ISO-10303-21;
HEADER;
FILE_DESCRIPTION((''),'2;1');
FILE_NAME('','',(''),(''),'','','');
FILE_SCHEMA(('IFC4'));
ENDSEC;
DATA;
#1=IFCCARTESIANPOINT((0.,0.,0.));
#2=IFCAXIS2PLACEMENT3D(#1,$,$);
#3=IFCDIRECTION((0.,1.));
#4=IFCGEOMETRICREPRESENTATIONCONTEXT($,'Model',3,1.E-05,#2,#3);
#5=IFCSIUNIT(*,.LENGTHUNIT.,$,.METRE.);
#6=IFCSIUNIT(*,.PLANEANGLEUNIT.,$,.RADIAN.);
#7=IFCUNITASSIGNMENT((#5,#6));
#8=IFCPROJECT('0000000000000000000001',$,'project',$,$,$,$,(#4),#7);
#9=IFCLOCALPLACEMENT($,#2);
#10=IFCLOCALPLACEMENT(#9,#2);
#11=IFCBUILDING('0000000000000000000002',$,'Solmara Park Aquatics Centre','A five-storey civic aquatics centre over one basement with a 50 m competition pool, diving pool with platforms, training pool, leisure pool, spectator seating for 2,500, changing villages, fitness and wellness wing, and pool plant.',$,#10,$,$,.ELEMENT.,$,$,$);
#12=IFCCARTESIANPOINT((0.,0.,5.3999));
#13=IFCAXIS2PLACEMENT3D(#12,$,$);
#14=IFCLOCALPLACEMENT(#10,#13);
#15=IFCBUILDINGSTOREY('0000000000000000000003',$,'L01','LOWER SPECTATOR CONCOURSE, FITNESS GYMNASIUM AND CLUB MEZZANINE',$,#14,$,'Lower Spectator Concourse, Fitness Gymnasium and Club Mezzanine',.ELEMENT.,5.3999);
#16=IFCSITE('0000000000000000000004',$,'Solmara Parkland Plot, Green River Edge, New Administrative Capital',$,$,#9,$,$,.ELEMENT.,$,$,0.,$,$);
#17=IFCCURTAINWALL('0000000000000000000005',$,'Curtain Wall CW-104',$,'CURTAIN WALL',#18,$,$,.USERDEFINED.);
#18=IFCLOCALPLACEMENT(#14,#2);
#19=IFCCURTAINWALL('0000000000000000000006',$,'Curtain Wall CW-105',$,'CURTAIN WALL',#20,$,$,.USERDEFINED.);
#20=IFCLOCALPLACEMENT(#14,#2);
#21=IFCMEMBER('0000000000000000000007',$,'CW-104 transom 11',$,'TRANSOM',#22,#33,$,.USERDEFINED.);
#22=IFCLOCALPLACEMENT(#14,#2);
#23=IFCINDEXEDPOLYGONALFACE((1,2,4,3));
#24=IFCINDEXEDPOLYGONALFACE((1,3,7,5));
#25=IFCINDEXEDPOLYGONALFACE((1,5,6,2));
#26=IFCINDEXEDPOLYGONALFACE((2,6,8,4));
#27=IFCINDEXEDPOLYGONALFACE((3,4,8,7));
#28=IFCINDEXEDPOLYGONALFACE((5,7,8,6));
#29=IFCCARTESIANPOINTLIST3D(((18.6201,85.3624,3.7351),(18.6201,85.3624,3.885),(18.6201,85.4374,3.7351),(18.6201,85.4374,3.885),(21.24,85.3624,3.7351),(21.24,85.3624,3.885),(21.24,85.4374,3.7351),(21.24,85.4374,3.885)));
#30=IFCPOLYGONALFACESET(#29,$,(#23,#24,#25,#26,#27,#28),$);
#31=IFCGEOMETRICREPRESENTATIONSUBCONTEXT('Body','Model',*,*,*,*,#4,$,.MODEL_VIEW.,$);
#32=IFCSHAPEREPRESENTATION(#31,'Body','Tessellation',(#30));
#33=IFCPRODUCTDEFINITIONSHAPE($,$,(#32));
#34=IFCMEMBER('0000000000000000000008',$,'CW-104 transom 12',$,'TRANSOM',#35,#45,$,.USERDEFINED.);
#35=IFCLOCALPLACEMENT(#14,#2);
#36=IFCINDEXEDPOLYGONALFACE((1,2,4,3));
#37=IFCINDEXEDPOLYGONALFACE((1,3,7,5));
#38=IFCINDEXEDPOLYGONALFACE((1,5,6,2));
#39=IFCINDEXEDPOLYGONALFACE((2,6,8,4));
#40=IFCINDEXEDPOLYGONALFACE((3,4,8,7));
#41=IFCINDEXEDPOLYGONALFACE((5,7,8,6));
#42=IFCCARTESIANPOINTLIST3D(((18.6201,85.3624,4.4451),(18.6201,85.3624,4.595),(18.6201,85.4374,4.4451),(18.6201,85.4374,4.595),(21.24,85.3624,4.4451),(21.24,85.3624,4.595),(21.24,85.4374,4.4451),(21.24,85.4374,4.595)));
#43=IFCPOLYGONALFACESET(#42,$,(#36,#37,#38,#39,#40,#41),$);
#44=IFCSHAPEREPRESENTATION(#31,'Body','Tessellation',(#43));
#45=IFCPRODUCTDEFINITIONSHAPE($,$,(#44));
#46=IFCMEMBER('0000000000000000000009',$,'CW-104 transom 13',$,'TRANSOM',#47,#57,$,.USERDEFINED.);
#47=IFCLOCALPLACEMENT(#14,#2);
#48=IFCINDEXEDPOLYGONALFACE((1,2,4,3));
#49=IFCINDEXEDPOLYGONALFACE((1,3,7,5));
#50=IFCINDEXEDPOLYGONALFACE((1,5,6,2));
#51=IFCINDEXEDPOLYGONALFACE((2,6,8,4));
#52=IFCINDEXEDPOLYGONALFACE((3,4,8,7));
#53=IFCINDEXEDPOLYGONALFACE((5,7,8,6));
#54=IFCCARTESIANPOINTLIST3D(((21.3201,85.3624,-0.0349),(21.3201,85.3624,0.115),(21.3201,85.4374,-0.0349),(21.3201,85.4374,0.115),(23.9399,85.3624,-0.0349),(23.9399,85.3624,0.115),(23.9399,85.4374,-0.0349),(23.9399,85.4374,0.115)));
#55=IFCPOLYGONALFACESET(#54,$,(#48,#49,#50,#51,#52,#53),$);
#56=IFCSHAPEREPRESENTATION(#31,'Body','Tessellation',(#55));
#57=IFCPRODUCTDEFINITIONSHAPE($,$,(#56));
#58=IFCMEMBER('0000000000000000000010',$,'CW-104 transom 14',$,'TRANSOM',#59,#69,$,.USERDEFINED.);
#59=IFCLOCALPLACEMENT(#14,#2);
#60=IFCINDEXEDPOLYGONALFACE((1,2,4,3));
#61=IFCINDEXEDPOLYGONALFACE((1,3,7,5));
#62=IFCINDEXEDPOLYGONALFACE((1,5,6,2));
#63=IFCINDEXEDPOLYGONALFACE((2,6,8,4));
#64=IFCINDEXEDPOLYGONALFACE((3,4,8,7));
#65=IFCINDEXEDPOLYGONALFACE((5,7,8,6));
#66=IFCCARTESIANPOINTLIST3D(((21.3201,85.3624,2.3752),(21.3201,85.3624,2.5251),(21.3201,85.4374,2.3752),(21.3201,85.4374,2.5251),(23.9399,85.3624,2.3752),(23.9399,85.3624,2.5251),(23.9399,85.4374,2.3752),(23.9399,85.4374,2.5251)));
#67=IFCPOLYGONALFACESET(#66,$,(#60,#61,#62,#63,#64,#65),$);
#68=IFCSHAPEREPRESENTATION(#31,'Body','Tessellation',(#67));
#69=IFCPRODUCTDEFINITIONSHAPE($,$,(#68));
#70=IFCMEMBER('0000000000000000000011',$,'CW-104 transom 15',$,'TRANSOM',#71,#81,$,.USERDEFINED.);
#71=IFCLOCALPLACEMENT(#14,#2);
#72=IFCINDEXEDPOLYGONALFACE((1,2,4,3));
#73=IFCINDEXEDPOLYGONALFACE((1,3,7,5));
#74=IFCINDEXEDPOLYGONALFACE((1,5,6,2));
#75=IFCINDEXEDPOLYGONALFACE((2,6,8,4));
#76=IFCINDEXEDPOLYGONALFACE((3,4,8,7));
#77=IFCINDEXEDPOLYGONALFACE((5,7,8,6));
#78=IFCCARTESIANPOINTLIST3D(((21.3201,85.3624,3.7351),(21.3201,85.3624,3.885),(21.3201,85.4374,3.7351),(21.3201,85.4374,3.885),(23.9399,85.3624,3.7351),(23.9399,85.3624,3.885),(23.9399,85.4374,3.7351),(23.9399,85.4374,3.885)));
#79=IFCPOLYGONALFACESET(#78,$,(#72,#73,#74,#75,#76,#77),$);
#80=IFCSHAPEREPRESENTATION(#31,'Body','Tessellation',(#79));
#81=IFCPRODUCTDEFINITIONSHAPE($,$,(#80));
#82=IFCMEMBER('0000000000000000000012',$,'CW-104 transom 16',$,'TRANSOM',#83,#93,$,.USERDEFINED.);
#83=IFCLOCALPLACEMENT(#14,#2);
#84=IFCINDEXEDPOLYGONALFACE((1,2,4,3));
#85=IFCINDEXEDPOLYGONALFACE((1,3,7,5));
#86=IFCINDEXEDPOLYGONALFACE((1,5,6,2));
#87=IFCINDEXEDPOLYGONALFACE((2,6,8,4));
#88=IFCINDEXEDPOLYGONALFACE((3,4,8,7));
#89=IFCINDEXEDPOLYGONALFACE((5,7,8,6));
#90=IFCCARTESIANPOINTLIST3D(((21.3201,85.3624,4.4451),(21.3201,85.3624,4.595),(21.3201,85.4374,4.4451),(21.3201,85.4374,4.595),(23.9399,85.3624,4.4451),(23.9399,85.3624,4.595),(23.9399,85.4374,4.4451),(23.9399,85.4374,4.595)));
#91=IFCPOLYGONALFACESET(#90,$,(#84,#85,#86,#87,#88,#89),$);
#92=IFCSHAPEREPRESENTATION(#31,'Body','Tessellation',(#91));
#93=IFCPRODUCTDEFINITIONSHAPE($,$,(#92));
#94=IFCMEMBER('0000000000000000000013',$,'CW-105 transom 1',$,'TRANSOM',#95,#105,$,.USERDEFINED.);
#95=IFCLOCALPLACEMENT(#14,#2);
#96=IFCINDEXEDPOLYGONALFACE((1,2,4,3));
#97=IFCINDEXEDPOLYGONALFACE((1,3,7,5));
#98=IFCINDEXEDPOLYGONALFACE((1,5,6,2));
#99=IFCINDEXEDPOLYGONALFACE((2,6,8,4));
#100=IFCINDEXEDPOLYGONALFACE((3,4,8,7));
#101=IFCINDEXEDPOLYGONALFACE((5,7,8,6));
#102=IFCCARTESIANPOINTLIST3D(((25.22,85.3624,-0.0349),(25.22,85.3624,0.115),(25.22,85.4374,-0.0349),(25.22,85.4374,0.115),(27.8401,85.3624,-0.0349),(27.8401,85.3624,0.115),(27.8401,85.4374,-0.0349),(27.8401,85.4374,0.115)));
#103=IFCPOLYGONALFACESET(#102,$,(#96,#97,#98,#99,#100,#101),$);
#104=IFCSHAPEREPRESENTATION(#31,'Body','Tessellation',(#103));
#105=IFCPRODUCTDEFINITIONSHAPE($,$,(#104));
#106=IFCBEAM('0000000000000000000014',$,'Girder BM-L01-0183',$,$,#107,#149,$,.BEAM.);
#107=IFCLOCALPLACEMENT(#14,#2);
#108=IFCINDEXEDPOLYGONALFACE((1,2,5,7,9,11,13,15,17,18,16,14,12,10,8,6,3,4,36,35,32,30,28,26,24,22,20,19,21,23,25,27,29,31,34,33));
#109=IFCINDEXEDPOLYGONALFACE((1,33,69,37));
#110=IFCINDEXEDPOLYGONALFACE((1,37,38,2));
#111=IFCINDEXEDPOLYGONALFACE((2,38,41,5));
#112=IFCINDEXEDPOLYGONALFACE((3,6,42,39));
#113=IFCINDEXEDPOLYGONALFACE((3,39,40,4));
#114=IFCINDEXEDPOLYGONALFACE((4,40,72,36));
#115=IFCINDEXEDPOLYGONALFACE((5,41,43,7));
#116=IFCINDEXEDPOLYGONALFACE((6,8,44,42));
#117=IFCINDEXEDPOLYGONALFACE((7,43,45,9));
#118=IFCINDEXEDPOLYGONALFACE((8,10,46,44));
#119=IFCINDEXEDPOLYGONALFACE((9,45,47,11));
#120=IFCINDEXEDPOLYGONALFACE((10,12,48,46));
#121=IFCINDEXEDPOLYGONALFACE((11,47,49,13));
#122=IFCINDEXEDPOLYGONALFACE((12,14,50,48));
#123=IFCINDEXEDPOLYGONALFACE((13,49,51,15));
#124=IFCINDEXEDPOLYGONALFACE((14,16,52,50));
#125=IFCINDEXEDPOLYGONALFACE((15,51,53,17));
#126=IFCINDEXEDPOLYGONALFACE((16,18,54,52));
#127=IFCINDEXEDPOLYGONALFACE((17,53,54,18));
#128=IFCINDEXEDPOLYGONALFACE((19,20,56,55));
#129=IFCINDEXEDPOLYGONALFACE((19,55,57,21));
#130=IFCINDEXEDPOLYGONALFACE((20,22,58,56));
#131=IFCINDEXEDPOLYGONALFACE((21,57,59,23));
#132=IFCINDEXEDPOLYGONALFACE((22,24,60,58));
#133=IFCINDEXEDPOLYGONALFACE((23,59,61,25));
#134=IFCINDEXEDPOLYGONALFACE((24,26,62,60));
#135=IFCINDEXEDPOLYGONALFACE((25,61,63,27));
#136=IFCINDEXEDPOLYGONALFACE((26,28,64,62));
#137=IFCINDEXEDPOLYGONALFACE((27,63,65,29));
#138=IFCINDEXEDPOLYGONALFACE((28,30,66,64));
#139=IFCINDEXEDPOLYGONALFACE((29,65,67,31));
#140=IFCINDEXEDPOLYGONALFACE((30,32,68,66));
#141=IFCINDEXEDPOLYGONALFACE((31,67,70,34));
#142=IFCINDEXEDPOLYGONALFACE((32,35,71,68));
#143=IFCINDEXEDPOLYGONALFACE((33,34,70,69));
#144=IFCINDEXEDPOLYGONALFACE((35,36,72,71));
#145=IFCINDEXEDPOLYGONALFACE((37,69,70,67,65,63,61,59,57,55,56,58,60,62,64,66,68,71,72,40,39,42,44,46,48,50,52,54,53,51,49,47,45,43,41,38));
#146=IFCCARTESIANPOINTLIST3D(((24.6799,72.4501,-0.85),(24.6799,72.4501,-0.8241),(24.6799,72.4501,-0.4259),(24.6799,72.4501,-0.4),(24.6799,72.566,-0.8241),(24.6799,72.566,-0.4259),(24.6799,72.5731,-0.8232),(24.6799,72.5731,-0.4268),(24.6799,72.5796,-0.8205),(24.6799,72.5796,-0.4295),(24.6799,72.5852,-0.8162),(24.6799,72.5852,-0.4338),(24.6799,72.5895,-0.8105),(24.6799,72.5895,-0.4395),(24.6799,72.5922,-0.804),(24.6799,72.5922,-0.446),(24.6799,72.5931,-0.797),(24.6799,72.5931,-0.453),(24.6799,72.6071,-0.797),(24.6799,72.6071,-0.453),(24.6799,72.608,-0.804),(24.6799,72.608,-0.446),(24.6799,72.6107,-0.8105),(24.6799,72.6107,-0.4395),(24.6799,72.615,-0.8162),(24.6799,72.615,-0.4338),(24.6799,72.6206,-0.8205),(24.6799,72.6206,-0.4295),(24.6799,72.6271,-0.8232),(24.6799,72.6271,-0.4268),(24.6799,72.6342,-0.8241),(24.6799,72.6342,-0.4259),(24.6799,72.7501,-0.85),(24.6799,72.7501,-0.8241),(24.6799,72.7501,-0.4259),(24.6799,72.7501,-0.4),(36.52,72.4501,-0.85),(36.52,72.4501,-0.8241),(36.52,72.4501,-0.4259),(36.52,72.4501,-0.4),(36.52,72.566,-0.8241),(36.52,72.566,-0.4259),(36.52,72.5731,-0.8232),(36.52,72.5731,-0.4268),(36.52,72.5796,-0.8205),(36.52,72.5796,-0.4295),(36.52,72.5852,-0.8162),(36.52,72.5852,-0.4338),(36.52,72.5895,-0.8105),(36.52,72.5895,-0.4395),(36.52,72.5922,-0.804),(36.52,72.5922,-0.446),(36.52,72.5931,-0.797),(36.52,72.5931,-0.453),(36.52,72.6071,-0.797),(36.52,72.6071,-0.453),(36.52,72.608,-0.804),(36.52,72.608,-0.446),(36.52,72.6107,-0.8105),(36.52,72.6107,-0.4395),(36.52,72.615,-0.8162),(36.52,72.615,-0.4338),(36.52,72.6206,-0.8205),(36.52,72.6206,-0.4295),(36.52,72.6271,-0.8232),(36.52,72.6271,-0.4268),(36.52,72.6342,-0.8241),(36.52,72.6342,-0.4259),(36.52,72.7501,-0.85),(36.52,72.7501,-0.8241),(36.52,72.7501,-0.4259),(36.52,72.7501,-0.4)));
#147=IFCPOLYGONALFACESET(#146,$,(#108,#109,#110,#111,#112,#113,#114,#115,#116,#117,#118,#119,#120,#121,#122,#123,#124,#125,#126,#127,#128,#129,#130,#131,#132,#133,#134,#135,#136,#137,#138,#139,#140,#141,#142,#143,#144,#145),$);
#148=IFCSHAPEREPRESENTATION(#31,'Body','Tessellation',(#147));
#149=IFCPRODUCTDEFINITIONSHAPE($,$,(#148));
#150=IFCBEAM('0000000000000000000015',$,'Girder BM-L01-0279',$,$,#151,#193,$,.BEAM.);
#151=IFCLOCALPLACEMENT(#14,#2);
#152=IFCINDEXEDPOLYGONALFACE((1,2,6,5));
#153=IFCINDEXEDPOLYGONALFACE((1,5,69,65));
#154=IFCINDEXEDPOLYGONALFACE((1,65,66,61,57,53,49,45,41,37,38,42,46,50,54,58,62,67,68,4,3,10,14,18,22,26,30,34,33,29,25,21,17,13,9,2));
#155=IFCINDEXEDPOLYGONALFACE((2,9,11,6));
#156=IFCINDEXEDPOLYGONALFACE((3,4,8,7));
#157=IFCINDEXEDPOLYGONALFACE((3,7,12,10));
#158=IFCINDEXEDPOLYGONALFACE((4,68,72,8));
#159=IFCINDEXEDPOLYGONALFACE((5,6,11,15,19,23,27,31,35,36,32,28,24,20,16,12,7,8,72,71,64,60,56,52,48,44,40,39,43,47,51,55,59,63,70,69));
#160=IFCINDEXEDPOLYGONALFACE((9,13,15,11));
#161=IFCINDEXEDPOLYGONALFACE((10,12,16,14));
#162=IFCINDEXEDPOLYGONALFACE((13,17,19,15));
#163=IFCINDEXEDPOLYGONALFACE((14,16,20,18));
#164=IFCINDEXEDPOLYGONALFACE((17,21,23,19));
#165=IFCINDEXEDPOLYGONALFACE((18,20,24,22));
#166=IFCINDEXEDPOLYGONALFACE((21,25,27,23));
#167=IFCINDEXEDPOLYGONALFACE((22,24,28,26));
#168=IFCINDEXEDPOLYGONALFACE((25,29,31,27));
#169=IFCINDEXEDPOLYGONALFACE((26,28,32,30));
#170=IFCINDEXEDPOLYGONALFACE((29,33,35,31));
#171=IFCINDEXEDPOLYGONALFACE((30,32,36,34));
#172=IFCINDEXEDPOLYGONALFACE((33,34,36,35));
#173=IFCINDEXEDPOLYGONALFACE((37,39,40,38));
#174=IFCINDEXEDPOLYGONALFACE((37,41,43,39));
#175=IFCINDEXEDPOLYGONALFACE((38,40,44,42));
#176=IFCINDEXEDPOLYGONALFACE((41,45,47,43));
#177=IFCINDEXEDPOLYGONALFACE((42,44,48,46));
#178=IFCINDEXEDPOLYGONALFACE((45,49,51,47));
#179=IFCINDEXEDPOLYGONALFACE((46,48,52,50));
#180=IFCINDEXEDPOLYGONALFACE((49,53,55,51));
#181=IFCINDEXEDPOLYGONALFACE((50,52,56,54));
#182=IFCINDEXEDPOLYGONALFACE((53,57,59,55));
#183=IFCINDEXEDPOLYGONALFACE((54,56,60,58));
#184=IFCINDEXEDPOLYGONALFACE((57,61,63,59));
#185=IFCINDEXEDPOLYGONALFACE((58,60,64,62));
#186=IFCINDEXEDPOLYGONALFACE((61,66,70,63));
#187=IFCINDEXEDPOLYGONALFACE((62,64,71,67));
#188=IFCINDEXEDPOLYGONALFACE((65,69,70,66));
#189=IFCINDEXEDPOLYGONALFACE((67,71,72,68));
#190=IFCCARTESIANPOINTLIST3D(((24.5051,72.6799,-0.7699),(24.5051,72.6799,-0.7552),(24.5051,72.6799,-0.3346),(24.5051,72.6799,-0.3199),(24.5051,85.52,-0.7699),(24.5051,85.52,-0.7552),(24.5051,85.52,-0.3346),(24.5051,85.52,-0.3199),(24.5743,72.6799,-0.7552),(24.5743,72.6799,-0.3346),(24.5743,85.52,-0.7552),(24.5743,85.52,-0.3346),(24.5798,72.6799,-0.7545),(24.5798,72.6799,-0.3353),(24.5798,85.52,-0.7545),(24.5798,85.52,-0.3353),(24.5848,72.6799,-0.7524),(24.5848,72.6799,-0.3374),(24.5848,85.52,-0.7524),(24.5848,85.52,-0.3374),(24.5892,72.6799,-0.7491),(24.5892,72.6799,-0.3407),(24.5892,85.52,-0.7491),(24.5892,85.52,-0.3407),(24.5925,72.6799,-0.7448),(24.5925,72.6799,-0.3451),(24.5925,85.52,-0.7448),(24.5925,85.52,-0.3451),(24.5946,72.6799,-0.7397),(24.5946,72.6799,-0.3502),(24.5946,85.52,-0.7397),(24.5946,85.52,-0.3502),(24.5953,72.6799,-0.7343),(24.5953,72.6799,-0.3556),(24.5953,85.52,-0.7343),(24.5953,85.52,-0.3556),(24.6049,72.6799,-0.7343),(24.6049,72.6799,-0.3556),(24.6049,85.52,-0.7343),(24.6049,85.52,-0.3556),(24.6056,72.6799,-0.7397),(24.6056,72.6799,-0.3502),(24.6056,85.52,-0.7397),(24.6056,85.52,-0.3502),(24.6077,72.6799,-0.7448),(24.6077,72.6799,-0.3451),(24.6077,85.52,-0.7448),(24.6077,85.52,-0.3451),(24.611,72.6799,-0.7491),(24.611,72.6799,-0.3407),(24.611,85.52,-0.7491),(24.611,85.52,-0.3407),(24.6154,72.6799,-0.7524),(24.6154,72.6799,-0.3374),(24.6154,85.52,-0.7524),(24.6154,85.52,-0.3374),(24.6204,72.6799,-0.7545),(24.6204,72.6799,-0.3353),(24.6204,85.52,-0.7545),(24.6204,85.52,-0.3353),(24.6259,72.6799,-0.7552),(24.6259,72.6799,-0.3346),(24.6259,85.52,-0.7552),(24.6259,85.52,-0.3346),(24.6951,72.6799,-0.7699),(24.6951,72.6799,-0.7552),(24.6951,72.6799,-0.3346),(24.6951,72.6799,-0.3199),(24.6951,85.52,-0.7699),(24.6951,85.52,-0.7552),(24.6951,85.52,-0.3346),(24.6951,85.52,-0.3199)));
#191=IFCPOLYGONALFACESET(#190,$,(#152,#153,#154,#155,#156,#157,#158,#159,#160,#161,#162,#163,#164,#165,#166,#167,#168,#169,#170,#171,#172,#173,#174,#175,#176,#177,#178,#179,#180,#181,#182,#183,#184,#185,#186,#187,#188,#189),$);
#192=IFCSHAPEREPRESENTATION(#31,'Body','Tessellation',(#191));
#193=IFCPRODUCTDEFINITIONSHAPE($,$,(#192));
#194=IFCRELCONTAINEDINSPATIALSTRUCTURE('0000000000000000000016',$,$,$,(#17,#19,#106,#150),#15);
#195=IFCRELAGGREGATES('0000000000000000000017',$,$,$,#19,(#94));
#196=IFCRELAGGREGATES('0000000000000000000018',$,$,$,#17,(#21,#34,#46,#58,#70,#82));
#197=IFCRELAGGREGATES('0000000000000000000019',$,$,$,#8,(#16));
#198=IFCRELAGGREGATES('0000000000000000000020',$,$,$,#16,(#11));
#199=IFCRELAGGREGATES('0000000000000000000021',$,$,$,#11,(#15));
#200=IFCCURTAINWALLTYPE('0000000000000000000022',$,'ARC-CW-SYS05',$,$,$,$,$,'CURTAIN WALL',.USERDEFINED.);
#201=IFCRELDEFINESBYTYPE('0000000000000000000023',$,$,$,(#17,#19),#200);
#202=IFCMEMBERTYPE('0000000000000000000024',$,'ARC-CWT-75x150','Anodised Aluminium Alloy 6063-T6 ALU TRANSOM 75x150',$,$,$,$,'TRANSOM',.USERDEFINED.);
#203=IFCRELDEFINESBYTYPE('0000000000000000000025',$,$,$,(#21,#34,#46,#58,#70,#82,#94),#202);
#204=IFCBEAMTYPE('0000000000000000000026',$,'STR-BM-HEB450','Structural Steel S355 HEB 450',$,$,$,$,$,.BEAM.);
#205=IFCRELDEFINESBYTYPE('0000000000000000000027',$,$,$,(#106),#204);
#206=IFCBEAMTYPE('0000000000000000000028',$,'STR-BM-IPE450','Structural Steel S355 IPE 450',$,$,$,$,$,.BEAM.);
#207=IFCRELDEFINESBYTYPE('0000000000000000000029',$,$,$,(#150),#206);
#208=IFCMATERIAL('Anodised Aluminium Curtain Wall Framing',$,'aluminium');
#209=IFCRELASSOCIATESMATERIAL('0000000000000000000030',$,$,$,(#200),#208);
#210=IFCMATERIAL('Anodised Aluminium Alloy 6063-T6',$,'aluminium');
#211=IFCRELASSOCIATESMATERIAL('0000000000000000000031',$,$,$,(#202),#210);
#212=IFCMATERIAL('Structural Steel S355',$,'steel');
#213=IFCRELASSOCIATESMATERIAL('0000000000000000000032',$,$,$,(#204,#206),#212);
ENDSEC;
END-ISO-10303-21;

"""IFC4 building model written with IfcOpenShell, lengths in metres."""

from ifc_helpers import new_model, si_unit, direction, frame, origin, origin_2d, place, context, subcontext, project, spatial, rectangle, i_section, extrude, material, material_profile, profile_set, type_object, element, aggregate, save


model = new_model("IFC4")

# Units and contexts
model_context = context("Model", 3, precision=1e-05, world=origin(), true_north=direction((0.0, 1.0)))
body_context = subcontext(model_context, "Body", "Model", "MODEL_VIEW")
ifc_project = project(units=[si_unit("LENGTHUNIT", "METRE"), si_unit("PLANEANGLEUNIT", "RADIAN")], contexts=[model_context])

# Site, building, storey
site_placement = place(None, origin())
site = spatial("IfcSite", under=ifc_project, at=site_placement, Name="Solmara Parkland Plot, Green River Edge, New Administrative Capital", CompositionType="ELEMENT", RefElevation=0.0)
building_placement = place(site_placement, origin())
building = spatial("IfcBuilding", under=site, at=building_placement, Name="Solmara Park Aquatics Centre", Description="A five-storey civic aquatics centre over one basement with a 50 m competition pool, diving pool with platforms, training pool, leisure pool, spectator seating for 2,500, changing villages, fitness and wellness wing, and pool plant.", CompositionType="ELEMENT")
storey_placement = place(building_placement, frame((0.0, 0.0, 5.3999)))
storey = spatial("IfcBuildingStorey", under=building, at=storey_placement, Name="L01", Description="LOWER SPECTATOR CONCOURSE, FITNESS GYMNASIUM AND CLUB MEZZANINE", LongName="Lower Spectator Concourse, Fitness Gymnasium and Club Mezzanine", CompositionType="ELEMENT", Elevation=5.3999)

# Shared definitions
ifc_material_1 = material(Name="Structural Steel S355", Category="steel")

# Shared definitions
ifc_material_2 = material(Name="Anodised Aluminium Curtain Wall Framing", Category="aluminium")
curtain_wall_type = type_object("IfcCurtainWallType", Name="ARC-CW-SYS05", ElementType="CURTAIN WALL", PredefinedType="USERDEFINED", material=ifc_material_2)
ifc_material_3 = material(Name="Anodised Aluminium Alloy 6063-T6", Category="aluminium")

# Curtain wall
curtain_wall_1_placement = place(storey_placement, origin())
curtain_wall_1 = element("IfcCurtainWall", 1, at=curtain_wall_1_placement, inside=storey, type_object=curtain_wall_type, Name="Curtain Wall CW-104", ObjectType="CURTAIN WALL", PredefinedType="USERDEFINED")

# Curtain wall
curtain_wall_2_placement = place(storey_placement, origin())
curtain_wall_2 = element("IfcCurtainWall", 2, at=curtain_wall_2_placement, inside=storey, type_object=curtain_wall_type, Name="Curtain Wall CW-105", ObjectType="CURTAIN WALL", PredefinedType="USERDEFINED")

# Members
ifc_material_profile_1 = material_profile(ifc_material_3, rectangle(XDim=0.075, YDim=0.1499, at=origin_2d()), Name="ALU TRANSOM 75x150")
ifc_profile_set_1 = profile_set([ifc_material_profile_1], Name="Anodised Aluminium Alloy 6063-T6")
member_type_1 = type_object("IfcMemberType", Name="ARC-CWT-75x150", Description="Anodised Aluminium Alloy 6063-T6 ALU TRANSOM 75x150", ElementType="TRANSOM", PredefinedType="USERDEFINED", material=ifc_profile_set_1)
member_1_placement = place(storey_placement, frame((18.6201, 85.3999, 3.8101), z_axis=(1.0, 0.0, 0.0), x_axis=(0.0, 1.0, 0.0)))
member_1 = element("IfcMember", 3, at=member_1_placement, type_object=member_type_1, Name="CW-104 transom 11", ObjectType="TRANSOM", PredefinedType="USERDEFINED", context=body_context, shape_type="SweptSolid", body=[
    extrude(rectangle(XDim=0.075, YDim=0.1499, at=origin_2d()), origin(), (0.0, 0.0, 1.0), 2.6199),
])
member_2_placement = place(storey_placement, frame((18.6201, 85.3999, 4.52), z_axis=(1.0, 0.0, 0.0), x_axis=(0.0, 1.0, 0.0)))
member_2 = element("IfcMember", 4, at=member_2_placement, type_object=member_type_1, Name="CW-104 transom 12", ObjectType="TRANSOM", PredefinedType="USERDEFINED", context=body_context, shape_type="SweptSolid", body=[
    extrude(rectangle(XDim=0.075, YDim=0.1499, at=origin_2d()), origin(), (0.0, 0.0, 1.0), 2.6199),
])
member_3_placement = place(storey_placement, frame((21.3201, 85.3999, 0.04), z_axis=(1.0, 0.0, 0.0), x_axis=(0.0, 1.0, 0.0)))
member_3 = element("IfcMember", 5, at=member_3_placement, type_object=member_type_1, Name="CW-104 transom 13", ObjectType="TRANSOM", PredefinedType="USERDEFINED", context=body_context, shape_type="SweptSolid", body=[
    extrude(rectangle(XDim=0.075, YDim=0.1499, at=origin_2d()), origin(), (0.0, 0.0, 1.0), 2.6199),
])
member_4_placement = place(storey_placement, frame((21.3201, 85.3999, 2.4502), z_axis=(1.0, 0.0, 0.0), x_axis=(0.0, 1.0, 0.0)))
member_4 = element("IfcMember", 6, at=member_4_placement, type_object=member_type_1, Name="CW-104 transom 14", ObjectType="TRANSOM", PredefinedType="USERDEFINED", context=body_context, shape_type="SweptSolid", body=[
    extrude(rectangle(XDim=0.075, YDim=0.1499, at=origin_2d()), origin(), (0.0, 0.0, 1.0), 2.6199),
])
member_5_placement = place(storey_placement, frame((21.3201, 85.3999, 3.8101), z_axis=(1.0, 0.0, 0.0), x_axis=(0.0, 1.0, 0.0)))
member_5 = element("IfcMember", 7, at=member_5_placement, type_object=member_type_1, Name="CW-104 transom 15", ObjectType="TRANSOM", PredefinedType="USERDEFINED", context=body_context, shape_type="SweptSolid", body=[
    extrude(rectangle(XDim=0.075, YDim=0.1499, at=origin_2d()), origin(), (0.0, 0.0, 1.0), 2.6199),
])
member_6_placement = place(storey_placement, frame((21.3201, 85.3999, 4.52), z_axis=(1.0, 0.0, 0.0), x_axis=(0.0, 1.0, 0.0)))
member_6 = element("IfcMember", 8, at=member_6_placement, type_object=member_type_1, Name="CW-104 transom 16", ObjectType="TRANSOM", PredefinedType="USERDEFINED", context=body_context, shape_type="SweptSolid", body=[
    extrude(rectangle(XDim=0.075, YDim=0.1499, at=origin_2d()), origin(), (0.0, 0.0, 1.0), 2.6199),
])
member_7_placement = place(storey_placement, frame((25.22, 85.3999, 0.04), z_axis=(1.0, 0.0, 0.0), x_axis=(0.0, 1.0, 0.0)))
member_7 = element("IfcMember", 9, at=member_7_placement, type_object=member_type_1, Name="CW-105 transom 1", ObjectType="TRANSOM", PredefinedType="USERDEFINED", context=body_context, shape_type="SweptSolid", body=[
    extrude(rectangle(XDim=0.075, YDim=0.1499, at=origin_2d()), origin(), (0.0, 0.0, 1.0), 2.6201),
])
aggregate(curtain_wall_2, [member_7])

# Beams
ifc_material_profile_2 = material_profile(ifc_material_1, i_section(OverallWidth=0.3, OverallDepth=0.45, WebThickness=0.0139, FlangeThickness=0.0259, FilletRadius=0.0271, at=origin_2d()), Name="HEB 450")
ifc_profile_set_2 = profile_set([ifc_material_profile_2], Name="Structural Steel S355")
beam_type_1 = type_object("IfcBeamType", Name="STR-BM-HEB450", Description="Structural Steel S355 HEB 450", PredefinedType="BEAM", material=ifc_profile_set_2)
beam_1_placement = place(storey_placement, frame((24.6799, 72.6001, -0.625), z_axis=(1.0, 0.0, 0.0), x_axis=(0.0, 1.0, 0.0)))
element("IfcBeam", 10, at=beam_1_placement, inside=storey, type_object=beam_type_1, Name="Girder BM-L01-0183", PredefinedType="BEAM", context=body_context, shape_type="SweptSolid", body=[
    extrude(i_section(OverallWidth=0.3, OverallDepth=0.45, WebThickness=0.0139, FlangeThickness=0.0259, FilletRadius=0.0271, at=origin_2d()), origin(), (0.0, 0.0, 1.0), 11.8401),
])
ifc_material_profile_3 = material_profile(ifc_material_1, i_section(OverallWidth=0.1899, OverallDepth=0.45, WebThickness=0.0095, FlangeThickness=0.0146, FilletRadius=0.021, at=origin_2d()), Name="IPE 450")
ifc_profile_set_3 = profile_set([ifc_material_profile_3], Name="Structural Steel S355")
beam_type_2 = type_object("IfcBeamType", Name="STR-BM-IPE450", Description="Structural Steel S355 IPE 450", PredefinedType="BEAM", material=ifc_profile_set_3)
beam_2_placement = place(storey_placement, frame((24.6001, 72.6799, -0.5449), z_axis=(0.0, 1.0, 0.0), x_axis=(-1.0, 0.0, 0.0)))
element("IfcBeam", 11, at=beam_2_placement, inside=storey, type_object=beam_type_2, Name="Girder BM-L01-0279", PredefinedType="BEAM", context=body_context, shape_type="SweptSolid", body=[
    extrude(i_section(OverallWidth=0.1899, OverallDepth=0.45, WebThickness=0.0095, FlangeThickness=0.0146, FilletRadius=0.021, at=origin_2d()), origin(), (0.0, 0.0, 1.0), 12.8401),
])

aggregate(curtain_wall_1, [member_1, member_2, member_3, member_4, member_5, member_6])

save(model, "model.ifc")
